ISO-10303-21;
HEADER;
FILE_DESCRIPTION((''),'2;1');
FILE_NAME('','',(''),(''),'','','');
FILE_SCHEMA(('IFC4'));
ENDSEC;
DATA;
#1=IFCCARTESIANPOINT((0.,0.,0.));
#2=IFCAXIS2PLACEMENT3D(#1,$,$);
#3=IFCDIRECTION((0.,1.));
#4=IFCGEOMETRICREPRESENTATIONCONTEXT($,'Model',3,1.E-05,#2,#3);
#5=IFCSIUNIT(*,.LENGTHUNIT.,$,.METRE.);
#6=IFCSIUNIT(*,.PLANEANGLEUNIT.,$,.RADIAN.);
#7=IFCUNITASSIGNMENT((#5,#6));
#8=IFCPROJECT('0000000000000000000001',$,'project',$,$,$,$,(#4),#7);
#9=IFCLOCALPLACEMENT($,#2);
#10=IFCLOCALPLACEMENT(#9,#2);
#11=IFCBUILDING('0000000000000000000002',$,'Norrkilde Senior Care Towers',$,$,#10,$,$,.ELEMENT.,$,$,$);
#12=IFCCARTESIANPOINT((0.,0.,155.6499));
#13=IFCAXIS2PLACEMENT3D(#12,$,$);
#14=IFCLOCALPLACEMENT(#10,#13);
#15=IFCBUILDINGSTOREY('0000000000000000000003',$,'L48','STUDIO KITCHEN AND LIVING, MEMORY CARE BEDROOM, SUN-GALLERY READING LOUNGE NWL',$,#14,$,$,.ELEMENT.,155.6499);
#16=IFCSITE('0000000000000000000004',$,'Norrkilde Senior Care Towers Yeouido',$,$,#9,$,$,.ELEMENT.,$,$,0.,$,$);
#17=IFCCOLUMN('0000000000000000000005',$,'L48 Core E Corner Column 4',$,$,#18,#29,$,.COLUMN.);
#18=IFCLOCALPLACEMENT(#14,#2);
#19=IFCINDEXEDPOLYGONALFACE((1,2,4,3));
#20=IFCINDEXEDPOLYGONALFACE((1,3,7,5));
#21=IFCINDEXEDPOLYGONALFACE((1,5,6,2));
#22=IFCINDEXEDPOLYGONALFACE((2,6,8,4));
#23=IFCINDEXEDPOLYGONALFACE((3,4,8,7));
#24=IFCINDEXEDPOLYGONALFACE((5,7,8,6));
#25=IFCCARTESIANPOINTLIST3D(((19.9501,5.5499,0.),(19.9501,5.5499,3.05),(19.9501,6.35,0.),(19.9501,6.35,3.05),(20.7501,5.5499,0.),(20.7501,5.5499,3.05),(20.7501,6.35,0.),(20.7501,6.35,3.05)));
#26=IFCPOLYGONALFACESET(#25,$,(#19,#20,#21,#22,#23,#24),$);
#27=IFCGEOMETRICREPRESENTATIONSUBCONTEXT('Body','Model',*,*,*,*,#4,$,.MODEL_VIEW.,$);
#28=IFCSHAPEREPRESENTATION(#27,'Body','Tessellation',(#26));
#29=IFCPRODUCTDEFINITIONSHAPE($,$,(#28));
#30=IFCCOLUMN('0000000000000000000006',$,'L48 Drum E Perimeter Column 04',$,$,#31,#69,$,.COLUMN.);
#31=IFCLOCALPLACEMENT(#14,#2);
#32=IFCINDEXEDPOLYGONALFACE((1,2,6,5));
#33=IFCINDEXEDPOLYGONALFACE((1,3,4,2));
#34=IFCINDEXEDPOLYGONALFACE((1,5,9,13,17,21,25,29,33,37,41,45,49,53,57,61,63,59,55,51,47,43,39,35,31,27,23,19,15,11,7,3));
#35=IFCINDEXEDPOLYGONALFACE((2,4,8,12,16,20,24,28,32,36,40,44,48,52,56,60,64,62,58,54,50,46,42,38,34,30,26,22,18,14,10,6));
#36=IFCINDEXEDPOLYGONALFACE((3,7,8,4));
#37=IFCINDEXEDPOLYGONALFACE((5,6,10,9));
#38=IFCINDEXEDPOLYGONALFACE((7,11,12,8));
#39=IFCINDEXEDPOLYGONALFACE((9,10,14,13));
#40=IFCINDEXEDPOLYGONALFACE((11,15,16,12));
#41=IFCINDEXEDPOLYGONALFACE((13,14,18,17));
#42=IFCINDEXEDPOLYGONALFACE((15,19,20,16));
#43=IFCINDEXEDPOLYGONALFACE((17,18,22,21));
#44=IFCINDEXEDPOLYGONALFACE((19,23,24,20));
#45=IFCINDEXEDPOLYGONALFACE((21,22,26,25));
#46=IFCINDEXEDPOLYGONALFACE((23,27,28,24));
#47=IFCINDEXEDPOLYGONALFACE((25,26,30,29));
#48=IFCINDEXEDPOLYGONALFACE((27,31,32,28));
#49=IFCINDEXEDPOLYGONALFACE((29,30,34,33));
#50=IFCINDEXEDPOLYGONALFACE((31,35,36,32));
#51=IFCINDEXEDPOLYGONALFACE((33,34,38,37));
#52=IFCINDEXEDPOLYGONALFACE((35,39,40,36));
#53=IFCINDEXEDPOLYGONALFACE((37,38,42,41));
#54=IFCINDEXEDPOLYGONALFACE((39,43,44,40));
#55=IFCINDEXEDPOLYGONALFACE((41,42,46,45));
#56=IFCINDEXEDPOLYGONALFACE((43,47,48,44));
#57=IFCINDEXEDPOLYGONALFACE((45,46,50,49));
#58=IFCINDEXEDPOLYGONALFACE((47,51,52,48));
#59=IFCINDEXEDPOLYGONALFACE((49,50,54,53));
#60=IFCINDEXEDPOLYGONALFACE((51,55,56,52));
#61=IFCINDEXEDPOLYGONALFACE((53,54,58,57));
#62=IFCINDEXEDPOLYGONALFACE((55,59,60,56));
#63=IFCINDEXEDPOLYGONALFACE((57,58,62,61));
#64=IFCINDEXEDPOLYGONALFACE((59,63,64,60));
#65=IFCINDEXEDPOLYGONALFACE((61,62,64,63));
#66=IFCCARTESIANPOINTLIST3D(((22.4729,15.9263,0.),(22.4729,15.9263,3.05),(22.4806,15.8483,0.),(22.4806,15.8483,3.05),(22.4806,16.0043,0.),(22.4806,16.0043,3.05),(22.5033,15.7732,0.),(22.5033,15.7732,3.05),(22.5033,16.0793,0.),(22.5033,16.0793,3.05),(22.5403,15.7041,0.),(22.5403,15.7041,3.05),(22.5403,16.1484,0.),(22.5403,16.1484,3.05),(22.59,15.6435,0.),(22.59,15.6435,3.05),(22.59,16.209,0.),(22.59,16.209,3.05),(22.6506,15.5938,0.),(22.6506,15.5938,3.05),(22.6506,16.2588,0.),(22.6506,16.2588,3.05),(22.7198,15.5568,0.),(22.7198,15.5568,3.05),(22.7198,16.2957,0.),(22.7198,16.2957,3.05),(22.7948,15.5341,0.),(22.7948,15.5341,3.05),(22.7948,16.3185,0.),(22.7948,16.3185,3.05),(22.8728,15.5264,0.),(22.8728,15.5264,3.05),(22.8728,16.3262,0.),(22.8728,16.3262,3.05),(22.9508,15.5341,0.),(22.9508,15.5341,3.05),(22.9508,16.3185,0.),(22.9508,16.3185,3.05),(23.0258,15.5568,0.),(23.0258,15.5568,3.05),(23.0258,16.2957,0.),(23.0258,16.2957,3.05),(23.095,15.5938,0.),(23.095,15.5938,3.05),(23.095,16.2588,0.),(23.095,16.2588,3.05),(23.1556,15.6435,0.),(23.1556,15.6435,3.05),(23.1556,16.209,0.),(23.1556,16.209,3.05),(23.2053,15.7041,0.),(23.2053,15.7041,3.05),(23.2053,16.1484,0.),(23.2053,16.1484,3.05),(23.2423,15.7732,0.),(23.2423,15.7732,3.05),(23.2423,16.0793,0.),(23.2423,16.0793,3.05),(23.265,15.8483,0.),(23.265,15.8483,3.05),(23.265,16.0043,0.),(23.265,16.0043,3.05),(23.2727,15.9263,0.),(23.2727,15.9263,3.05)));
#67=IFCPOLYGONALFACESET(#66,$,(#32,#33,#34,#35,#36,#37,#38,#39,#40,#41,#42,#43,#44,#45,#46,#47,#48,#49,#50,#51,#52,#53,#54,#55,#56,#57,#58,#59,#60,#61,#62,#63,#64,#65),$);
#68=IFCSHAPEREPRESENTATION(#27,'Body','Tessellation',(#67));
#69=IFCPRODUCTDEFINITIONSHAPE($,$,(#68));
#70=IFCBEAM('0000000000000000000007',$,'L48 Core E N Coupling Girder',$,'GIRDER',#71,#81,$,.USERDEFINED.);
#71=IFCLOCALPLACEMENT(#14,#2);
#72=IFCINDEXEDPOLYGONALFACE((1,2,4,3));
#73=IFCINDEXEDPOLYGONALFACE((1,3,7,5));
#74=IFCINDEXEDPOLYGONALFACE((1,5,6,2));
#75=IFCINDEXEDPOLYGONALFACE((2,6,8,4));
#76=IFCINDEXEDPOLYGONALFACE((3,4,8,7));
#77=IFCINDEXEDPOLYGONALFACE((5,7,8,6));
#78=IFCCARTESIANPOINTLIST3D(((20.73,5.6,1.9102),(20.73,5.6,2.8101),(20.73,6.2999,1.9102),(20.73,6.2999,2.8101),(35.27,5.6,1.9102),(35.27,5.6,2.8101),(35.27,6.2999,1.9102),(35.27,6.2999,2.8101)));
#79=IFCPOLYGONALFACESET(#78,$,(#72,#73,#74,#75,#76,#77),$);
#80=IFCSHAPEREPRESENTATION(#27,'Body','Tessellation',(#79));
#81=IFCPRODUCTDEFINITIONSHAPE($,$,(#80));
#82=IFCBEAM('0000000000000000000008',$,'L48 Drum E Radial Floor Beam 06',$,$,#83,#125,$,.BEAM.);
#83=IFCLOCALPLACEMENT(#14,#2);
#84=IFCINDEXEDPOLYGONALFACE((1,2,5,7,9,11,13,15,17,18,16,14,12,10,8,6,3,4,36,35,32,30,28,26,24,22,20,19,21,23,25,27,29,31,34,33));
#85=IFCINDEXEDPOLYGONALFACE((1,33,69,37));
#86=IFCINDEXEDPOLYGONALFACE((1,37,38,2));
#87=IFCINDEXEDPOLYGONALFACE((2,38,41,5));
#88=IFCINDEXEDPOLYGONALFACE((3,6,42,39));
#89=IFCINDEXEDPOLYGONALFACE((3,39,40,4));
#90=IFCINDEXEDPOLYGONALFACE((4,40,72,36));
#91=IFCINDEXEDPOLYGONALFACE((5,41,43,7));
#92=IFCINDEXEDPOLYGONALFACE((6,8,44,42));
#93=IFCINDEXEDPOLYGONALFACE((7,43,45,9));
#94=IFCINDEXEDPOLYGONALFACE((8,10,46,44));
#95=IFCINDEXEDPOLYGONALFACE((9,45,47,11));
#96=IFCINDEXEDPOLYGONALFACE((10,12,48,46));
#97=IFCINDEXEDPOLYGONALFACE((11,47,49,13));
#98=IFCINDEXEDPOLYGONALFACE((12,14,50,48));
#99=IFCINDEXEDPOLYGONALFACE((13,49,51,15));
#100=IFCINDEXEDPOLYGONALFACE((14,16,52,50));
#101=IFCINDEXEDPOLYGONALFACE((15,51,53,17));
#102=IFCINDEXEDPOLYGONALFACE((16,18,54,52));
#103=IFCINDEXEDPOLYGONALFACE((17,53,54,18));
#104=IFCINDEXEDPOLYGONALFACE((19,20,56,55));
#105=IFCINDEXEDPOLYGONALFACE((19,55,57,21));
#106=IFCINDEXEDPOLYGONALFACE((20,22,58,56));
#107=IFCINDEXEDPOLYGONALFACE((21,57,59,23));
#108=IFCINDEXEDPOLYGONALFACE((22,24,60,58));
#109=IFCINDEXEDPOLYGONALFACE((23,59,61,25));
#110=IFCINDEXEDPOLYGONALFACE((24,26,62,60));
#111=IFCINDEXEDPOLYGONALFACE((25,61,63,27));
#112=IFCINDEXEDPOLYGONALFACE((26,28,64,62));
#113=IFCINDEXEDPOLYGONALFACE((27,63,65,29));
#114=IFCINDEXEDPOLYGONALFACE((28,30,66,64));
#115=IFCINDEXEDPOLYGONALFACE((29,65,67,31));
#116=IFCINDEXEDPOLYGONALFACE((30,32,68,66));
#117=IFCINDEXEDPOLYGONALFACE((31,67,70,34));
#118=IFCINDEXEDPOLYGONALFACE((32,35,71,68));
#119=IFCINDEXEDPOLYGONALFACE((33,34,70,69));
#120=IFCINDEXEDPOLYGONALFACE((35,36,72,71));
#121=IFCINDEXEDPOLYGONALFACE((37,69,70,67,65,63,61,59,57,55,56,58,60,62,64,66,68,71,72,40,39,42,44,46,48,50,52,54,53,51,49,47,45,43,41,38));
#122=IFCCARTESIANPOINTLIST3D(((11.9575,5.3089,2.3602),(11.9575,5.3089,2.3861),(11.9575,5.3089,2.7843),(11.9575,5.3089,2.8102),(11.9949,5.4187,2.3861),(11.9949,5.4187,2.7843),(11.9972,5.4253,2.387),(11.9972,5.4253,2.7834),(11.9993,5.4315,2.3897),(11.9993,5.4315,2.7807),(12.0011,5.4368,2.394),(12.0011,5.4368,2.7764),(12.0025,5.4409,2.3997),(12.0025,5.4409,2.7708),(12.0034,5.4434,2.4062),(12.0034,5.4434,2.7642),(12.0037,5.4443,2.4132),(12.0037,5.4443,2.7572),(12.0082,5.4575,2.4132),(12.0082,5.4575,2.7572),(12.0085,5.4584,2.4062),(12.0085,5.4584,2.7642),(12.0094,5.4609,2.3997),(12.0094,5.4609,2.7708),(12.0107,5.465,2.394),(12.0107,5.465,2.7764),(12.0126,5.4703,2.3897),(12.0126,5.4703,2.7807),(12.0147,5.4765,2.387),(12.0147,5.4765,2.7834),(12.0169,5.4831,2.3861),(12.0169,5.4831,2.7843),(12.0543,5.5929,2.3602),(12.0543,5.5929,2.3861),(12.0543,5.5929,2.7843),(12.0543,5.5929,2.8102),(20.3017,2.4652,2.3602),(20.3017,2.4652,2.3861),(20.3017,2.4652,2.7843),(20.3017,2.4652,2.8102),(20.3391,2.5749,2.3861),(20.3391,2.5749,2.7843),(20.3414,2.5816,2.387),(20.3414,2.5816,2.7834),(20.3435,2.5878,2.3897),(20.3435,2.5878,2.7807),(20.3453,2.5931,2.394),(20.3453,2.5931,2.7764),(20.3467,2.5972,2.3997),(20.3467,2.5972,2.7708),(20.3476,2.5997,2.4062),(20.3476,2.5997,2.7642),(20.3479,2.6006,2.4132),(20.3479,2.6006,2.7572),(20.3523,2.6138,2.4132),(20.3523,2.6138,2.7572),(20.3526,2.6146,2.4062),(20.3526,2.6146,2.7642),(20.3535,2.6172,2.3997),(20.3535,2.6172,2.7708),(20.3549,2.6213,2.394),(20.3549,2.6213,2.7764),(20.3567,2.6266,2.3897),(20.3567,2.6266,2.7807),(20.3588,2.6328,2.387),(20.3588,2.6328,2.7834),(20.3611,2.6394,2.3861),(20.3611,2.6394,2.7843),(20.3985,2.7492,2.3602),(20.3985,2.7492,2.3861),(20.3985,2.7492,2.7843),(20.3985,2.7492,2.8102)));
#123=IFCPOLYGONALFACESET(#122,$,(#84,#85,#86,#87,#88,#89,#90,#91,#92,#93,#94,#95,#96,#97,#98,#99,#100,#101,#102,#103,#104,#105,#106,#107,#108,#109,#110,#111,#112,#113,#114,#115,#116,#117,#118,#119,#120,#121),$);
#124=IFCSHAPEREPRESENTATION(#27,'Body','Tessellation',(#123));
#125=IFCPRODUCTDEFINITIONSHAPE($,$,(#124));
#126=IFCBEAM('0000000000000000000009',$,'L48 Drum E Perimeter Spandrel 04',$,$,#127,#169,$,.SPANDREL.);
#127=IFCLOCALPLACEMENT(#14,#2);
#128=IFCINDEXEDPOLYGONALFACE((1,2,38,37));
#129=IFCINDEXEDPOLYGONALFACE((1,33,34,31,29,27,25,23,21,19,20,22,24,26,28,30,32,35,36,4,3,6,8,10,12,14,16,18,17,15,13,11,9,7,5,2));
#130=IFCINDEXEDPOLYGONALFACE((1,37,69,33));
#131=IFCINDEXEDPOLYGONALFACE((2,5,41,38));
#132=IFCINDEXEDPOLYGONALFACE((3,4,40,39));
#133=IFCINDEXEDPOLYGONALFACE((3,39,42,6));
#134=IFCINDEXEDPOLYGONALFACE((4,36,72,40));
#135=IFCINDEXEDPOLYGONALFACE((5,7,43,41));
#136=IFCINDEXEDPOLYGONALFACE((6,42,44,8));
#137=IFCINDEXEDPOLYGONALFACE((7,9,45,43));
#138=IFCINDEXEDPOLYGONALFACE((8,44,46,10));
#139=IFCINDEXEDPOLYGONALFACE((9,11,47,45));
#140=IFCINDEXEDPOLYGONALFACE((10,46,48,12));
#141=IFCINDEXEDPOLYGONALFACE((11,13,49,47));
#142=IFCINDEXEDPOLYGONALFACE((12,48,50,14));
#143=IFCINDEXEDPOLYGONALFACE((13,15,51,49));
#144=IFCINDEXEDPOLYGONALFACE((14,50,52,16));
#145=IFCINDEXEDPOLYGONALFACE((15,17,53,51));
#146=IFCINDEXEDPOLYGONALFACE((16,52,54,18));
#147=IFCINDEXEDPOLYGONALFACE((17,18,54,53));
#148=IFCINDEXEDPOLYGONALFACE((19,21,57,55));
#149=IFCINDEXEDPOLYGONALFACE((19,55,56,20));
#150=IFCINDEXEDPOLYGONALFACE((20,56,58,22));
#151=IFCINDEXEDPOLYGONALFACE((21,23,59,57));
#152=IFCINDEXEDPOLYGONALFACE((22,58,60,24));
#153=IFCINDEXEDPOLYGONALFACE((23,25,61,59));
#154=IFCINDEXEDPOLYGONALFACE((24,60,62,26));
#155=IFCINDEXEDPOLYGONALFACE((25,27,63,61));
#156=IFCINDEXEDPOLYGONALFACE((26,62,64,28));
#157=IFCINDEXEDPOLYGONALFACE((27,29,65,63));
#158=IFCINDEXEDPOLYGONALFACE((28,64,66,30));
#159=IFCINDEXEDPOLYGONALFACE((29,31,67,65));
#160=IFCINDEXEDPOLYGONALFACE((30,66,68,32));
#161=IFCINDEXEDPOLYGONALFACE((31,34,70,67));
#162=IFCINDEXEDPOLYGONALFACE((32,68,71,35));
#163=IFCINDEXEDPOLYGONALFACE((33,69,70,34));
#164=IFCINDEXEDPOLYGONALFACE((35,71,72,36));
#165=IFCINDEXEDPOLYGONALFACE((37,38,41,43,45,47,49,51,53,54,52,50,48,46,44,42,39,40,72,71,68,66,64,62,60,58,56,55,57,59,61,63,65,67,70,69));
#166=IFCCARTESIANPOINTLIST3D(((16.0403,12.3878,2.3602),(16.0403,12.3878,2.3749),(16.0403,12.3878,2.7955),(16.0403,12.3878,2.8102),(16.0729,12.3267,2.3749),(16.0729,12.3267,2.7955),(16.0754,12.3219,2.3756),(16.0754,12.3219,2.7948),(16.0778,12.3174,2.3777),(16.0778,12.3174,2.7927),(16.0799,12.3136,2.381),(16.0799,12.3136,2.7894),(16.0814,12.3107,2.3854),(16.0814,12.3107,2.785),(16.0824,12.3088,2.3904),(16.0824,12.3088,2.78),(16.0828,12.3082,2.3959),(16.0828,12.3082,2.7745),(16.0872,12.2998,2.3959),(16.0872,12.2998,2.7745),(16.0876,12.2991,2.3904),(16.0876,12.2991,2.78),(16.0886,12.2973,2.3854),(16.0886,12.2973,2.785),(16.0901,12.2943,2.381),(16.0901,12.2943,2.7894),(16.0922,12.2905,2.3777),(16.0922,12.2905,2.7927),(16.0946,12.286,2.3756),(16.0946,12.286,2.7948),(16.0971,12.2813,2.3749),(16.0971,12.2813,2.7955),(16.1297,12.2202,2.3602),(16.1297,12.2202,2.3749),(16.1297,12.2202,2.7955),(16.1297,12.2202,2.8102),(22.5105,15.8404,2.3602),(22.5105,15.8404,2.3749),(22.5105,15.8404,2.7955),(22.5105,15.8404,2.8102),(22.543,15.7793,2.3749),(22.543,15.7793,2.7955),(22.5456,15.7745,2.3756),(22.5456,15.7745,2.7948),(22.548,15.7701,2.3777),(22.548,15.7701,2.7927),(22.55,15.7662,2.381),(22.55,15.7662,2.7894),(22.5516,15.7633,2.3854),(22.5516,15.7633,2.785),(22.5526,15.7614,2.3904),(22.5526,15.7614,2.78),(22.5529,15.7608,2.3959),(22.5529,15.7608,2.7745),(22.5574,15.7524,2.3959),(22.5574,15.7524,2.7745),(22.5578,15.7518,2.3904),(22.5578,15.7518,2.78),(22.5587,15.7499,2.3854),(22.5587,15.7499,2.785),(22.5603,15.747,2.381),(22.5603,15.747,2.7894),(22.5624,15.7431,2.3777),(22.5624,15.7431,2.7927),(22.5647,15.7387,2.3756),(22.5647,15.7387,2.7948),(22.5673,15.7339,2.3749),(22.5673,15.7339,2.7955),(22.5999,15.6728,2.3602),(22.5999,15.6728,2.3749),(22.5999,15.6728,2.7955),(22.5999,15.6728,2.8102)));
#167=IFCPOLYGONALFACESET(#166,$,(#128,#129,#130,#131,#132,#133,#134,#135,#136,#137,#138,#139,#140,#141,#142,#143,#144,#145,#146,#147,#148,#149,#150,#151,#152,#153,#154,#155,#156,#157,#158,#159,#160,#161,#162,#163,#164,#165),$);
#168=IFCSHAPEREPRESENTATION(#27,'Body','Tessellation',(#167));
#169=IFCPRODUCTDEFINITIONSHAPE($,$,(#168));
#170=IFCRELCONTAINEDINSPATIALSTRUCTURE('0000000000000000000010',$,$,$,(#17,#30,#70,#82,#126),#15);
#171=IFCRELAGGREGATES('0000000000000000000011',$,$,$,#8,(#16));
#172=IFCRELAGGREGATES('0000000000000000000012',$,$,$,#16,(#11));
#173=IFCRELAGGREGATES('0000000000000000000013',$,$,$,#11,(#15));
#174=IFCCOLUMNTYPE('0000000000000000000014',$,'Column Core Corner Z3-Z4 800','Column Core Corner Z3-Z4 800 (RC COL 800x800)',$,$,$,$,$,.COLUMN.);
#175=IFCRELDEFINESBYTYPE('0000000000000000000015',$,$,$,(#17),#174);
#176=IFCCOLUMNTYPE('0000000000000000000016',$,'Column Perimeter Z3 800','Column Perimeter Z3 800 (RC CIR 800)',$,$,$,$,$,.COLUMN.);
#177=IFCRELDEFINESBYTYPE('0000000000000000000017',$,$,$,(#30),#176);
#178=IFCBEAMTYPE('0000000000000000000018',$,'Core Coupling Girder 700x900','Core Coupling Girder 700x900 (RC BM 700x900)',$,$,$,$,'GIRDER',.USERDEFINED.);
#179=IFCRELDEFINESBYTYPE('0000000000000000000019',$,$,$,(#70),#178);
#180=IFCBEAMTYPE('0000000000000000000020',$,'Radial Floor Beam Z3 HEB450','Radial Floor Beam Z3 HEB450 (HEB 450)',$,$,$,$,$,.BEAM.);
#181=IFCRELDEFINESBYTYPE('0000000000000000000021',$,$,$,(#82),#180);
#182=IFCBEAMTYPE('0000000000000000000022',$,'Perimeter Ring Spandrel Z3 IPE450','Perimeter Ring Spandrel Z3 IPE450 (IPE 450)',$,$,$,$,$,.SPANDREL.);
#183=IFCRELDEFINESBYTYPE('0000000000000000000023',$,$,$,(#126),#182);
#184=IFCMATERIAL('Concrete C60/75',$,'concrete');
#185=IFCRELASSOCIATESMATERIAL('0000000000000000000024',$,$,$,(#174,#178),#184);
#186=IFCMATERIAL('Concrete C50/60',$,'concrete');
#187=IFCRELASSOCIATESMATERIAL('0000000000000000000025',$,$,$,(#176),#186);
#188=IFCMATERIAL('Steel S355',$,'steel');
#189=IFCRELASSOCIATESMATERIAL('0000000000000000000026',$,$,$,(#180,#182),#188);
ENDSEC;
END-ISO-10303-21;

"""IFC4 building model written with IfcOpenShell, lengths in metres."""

from ifc_helpers import new_model, si_unit, direction, frame, origin, origin_2d, place, context, subcontext, project, spatial, rectangle, circle, i_section, extrude, source, transform, mapped, material, material_profile, profile_set, type_object, type_shapes, element, save


model = new_model("IFC4")

# Units and contexts
model_context = context("Model", 3, precision=1e-05, world=origin(), true_north=direction((0.0, 1.0)))
body_context = subcontext(model_context, "Body", "Model", "MODEL_VIEW")
ifc_project = project(units=[si_unit("LENGTHUNIT", "METRE"), si_unit("PLANEANGLEUNIT", "RADIAN")], contexts=[model_context])

# Site, building, storey
site_placement = place(None, origin())
site = spatial("IfcSite", under=ifc_project, at=site_placement, Name="Norrkilde Senior Care Towers Yeouido", CompositionType="ELEMENT", RefElevation=0.0)
building_placement = place(site_placement, origin())
building = spatial("IfcBuilding", under=site, at=building_placement, Name="Norrkilde Senior Care Towers", CompositionType="ELEMENT")
storey_placement = place(building_placement, frame((0.0, 0.0, 155.6499)))
storey = spatial("IfcBuildingStorey", under=building, at=storey_placement, Name="L48", Description="STUDIO KITCHEN AND LIVING, MEMORY CARE BEDROOM, SUN-GALLERY READING LOUNGE NWL", CompositionType="ELEMENT", Elevation=155.6499)

# Columns
ifc_material_1 = material(Name="Concrete C60/75", Category="concrete")
ifc_material_profile_1 = material_profile(ifc_material_1, rectangle(XDim=0.8, YDim=0.8, at=origin_2d()), Name="RC COL 800x800")
ifc_profile_set_1 = profile_set([ifc_material_profile_1], Name="Concrete C60/75")
column_type_1 = type_object("IfcColumnType", Name="Column Core Corner Z3-Z4 800", Description="Column Core Corner Z3-Z4 800 (RC COL 800x800)", PredefinedType="COLUMN", material=ifc_profile_set_1)
shared_shape_1 = source(origin(), body_context, "Body", "SweptSolid", [
    extrude(rectangle(XDim=0.8, YDim=0.8, at=origin_2d()), origin(), (0.0, 0.0, 1.0), 3.05),
])
type_shapes(column_type_1, [shared_shape_1])
column_1_placement = place(storey_placement, frame((20.3501, 5.95, 0.0), z_axis=(0.0, 0.0, 1.0), x_axis=(1.0, 0.0, 0.0)))
element("IfcColumn", 1, at=column_1_placement, inside=storey, type_object=column_type_1, Name="L48 Core E Corner Column 4", PredefinedType="COLUMN", context=body_context, shape_type="MappedRepresentation", body=[
    mapped(shared_shape_1, transform((0.0, 0.0, 0.0), x_axis=(1.0, 0.0, 0.0), y_axis=(0.0, 1.0, 0.0), z_axis=(0.0, 0.0, 1.0), scale=1.0)),
])
ifc_material_2 = material(Name="Concrete C50/60", Category="concrete")
ifc_material_profile_2 = material_profile(ifc_material_2, circle(Radius=0.3999, at=origin_2d()), Name="RC CIR 800")
ifc_profile_set_2 = profile_set([ifc_material_profile_2], Name="Concrete C50/60")
column_type_2 = type_object("IfcColumnType", Name="Column Perimeter Z3 800", Description="Column Perimeter Z3 800 (RC CIR 800)", PredefinedType="COLUMN", material=ifc_profile_set_2)
shared_shape_2 = source(origin(), body_context, "Body", "SweptSolid", [
    extrude(circle(Radius=0.3999, at=origin_2d()), origin(), (0.0, 0.0, 1.0), 3.05),
])
type_shapes(column_type_2, [shared_shape_2])
column_2_placement = place(storey_placement, frame((22.8728, 15.9263, 0.0), z_axis=(0.0, 0.0, 1.0), x_axis=(1.0, 0.0, 0.0)))
element("IfcColumn", 2, at=column_2_placement, inside=storey, type_object=column_type_2, Name="L48 Drum E Perimeter Column 04", PredefinedType="COLUMN", context=body_context, shape_type="MappedRepresentation", body=[
    mapped(shared_shape_2, transform((0.0, 0.0, 0.0), x_axis=(1.0, 0.0, 0.0), y_axis=(0.0, 1.0, 0.0), z_axis=(0.0, 0.0, 1.0), scale=1.0)),
])

# Beams
ifc_material_profile_3 = material_profile(ifc_material_1, rectangle(XDim=0.7, YDim=0.8999, at=origin_2d()), Name="RC BM 700x900")
ifc_profile_set_3 = profile_set([ifc_material_profile_3], Name="Concrete C60/75")
beam_type_1 = type_object("IfcBeamType", Name="Core Coupling Girder 700x900", Description="Core Coupling Girder 700x900 (RC BM 700x900)", ElementType="GIRDER", PredefinedType="USERDEFINED", material=ifc_profile_set_3)
shared_shape_3 = source(origin(), body_context, "Body", "SweptSolid", [
    extrude(rectangle(XDim=0.7, YDim=0.8999, at=origin_2d()), origin(), (0.0, 0.0, 1.0), 14.54),
])
type_shapes(beam_type_1, [shared_shape_3])
beam_1_placement = place(storey_placement, frame((20.73, 5.95, 2.3601), z_axis=(1.0, 0.0, 0.0), x_axis=(0.0, 1.0, 0.0)))
element("IfcBeam", 3, at=beam_1_placement, inside=storey, type_object=beam_type_1, Name="L48 Core E N Coupling Girder", ObjectType="GIRDER", PredefinedType="USERDEFINED", context=body_context, shape_type="MappedRepresentation", body=[
    mapped(shared_shape_3, transform((0.0, 0.0, 0.0), x_axis=(1.0, 0.0, 0.0), y_axis=(0.0, 1.0, 0.0), z_axis=(0.0, 0.0, 1.0), scale=1.0)),
])
ifc_material_3 = material(Name="Steel S355", Category="steel")
ifc_material_profile_4 = material_profile(ifc_material_3, i_section(OverallWidth=0.3, OverallDepth=0.45, WebThickness=0.0139, FlangeThickness=0.0259, FilletRadius=0.0271, at=origin_2d()), Name="HEB 450")
ifc_profile_set_4 = profile_set([ifc_material_profile_4], Name="Steel S355")
beam_type_2 = type_object("IfcBeamType", Name="Radial Floor Beam Z3 HEB450", Description="Radial Floor Beam Z3 HEB450 (HEB 450)", PredefinedType="BEAM", material=ifc_profile_set_4)
shared_shape_4 = source(origin(), body_context, "Body", "SweptSolid", [
    extrude(i_section(OverallWidth=0.3, OverallDepth=0.45, WebThickness=0.0139, FlangeThickness=0.0259, FilletRadius=0.0271, at=origin_2d()), origin(), (0.0, 0.0, 1.0), 8.8154),
])
beam_2_placement = place(storey_placement, frame((20.3501, 2.6072, 2.5852), z_axis=(-0.946541, 0.322585, 0.0), x_axis=(-0.322585, -0.946541, 0.0)))
element("IfcBeam", 4, at=beam_2_placement, inside=storey, type_object=beam_type_2, Name="L48 Drum E Radial Floor Beam 06", PredefinedType="BEAM", context=body_context, shape_type="MappedRepresentation", body=[
    mapped(shared_shape_4, transform((0.0, 0.0, 0.0), x_axis=(1.0, 0.0, 0.0), y_axis=(0.0, 1.0, 0.0), z_axis=(0.0, 0.0, 1.0), scale=1.0)),
])
ifc_material_profile_5 = material_profile(ifc_material_3, i_section(OverallWidth=0.1899, OverallDepth=0.45, WebThickness=0.0095, FlangeThickness=0.0146, FilletRadius=0.021, at=origin_2d()), Name="IPE 450")
ifc_profile_set_5 = profile_set([ifc_material_profile_5], Name="Steel S355")
beam_type_3 = type_object("IfcBeamType", Name="Perimeter Ring Spandrel Z3 IPE450", Description="Perimeter Ring Spandrel Z3 IPE450 (IPE 450)", PredefinedType="SPANDREL", material=ifc_profile_set_5)
shared_shape_5 = source(origin(), body_context, "Body", "SweptSolid", [
    extrude(i_section(OverallWidth=0.1899, OverallDepth=0.45, WebThickness=0.0095, FlangeThickness=0.0146, FilletRadius=0.021, at=origin_2d()), origin(), (0.0, 0.0, 1.0), 7.3337),
])
type_shapes(beam_type_3, [shared_shape_5])
beam_3_placement = place(storey_placement, frame((22.5552, 15.7566, 2.5852), z_axis=(-0.882248, -0.470785, 0.0), x_axis=(0.470785, -0.882248, 0.0)))
element("IfcBeam", 5, at=beam_3_placement, inside=storey, type_object=beam_type_3, Name="L48 Drum E Perimeter Spandrel 04", PredefinedType="SPANDREL", context=body_context, shape_type="MappedRepresentation", body=[
    mapped(shared_shape_5, transform((0.0, 0.0, 0.0), x_axis=(1.0, 0.0, 0.0), y_axis=(0.0, 1.0, 0.0), z_axis=(0.0, 0.0, 1.0), scale=1.0)),
])

save(model, "model.ifc")
